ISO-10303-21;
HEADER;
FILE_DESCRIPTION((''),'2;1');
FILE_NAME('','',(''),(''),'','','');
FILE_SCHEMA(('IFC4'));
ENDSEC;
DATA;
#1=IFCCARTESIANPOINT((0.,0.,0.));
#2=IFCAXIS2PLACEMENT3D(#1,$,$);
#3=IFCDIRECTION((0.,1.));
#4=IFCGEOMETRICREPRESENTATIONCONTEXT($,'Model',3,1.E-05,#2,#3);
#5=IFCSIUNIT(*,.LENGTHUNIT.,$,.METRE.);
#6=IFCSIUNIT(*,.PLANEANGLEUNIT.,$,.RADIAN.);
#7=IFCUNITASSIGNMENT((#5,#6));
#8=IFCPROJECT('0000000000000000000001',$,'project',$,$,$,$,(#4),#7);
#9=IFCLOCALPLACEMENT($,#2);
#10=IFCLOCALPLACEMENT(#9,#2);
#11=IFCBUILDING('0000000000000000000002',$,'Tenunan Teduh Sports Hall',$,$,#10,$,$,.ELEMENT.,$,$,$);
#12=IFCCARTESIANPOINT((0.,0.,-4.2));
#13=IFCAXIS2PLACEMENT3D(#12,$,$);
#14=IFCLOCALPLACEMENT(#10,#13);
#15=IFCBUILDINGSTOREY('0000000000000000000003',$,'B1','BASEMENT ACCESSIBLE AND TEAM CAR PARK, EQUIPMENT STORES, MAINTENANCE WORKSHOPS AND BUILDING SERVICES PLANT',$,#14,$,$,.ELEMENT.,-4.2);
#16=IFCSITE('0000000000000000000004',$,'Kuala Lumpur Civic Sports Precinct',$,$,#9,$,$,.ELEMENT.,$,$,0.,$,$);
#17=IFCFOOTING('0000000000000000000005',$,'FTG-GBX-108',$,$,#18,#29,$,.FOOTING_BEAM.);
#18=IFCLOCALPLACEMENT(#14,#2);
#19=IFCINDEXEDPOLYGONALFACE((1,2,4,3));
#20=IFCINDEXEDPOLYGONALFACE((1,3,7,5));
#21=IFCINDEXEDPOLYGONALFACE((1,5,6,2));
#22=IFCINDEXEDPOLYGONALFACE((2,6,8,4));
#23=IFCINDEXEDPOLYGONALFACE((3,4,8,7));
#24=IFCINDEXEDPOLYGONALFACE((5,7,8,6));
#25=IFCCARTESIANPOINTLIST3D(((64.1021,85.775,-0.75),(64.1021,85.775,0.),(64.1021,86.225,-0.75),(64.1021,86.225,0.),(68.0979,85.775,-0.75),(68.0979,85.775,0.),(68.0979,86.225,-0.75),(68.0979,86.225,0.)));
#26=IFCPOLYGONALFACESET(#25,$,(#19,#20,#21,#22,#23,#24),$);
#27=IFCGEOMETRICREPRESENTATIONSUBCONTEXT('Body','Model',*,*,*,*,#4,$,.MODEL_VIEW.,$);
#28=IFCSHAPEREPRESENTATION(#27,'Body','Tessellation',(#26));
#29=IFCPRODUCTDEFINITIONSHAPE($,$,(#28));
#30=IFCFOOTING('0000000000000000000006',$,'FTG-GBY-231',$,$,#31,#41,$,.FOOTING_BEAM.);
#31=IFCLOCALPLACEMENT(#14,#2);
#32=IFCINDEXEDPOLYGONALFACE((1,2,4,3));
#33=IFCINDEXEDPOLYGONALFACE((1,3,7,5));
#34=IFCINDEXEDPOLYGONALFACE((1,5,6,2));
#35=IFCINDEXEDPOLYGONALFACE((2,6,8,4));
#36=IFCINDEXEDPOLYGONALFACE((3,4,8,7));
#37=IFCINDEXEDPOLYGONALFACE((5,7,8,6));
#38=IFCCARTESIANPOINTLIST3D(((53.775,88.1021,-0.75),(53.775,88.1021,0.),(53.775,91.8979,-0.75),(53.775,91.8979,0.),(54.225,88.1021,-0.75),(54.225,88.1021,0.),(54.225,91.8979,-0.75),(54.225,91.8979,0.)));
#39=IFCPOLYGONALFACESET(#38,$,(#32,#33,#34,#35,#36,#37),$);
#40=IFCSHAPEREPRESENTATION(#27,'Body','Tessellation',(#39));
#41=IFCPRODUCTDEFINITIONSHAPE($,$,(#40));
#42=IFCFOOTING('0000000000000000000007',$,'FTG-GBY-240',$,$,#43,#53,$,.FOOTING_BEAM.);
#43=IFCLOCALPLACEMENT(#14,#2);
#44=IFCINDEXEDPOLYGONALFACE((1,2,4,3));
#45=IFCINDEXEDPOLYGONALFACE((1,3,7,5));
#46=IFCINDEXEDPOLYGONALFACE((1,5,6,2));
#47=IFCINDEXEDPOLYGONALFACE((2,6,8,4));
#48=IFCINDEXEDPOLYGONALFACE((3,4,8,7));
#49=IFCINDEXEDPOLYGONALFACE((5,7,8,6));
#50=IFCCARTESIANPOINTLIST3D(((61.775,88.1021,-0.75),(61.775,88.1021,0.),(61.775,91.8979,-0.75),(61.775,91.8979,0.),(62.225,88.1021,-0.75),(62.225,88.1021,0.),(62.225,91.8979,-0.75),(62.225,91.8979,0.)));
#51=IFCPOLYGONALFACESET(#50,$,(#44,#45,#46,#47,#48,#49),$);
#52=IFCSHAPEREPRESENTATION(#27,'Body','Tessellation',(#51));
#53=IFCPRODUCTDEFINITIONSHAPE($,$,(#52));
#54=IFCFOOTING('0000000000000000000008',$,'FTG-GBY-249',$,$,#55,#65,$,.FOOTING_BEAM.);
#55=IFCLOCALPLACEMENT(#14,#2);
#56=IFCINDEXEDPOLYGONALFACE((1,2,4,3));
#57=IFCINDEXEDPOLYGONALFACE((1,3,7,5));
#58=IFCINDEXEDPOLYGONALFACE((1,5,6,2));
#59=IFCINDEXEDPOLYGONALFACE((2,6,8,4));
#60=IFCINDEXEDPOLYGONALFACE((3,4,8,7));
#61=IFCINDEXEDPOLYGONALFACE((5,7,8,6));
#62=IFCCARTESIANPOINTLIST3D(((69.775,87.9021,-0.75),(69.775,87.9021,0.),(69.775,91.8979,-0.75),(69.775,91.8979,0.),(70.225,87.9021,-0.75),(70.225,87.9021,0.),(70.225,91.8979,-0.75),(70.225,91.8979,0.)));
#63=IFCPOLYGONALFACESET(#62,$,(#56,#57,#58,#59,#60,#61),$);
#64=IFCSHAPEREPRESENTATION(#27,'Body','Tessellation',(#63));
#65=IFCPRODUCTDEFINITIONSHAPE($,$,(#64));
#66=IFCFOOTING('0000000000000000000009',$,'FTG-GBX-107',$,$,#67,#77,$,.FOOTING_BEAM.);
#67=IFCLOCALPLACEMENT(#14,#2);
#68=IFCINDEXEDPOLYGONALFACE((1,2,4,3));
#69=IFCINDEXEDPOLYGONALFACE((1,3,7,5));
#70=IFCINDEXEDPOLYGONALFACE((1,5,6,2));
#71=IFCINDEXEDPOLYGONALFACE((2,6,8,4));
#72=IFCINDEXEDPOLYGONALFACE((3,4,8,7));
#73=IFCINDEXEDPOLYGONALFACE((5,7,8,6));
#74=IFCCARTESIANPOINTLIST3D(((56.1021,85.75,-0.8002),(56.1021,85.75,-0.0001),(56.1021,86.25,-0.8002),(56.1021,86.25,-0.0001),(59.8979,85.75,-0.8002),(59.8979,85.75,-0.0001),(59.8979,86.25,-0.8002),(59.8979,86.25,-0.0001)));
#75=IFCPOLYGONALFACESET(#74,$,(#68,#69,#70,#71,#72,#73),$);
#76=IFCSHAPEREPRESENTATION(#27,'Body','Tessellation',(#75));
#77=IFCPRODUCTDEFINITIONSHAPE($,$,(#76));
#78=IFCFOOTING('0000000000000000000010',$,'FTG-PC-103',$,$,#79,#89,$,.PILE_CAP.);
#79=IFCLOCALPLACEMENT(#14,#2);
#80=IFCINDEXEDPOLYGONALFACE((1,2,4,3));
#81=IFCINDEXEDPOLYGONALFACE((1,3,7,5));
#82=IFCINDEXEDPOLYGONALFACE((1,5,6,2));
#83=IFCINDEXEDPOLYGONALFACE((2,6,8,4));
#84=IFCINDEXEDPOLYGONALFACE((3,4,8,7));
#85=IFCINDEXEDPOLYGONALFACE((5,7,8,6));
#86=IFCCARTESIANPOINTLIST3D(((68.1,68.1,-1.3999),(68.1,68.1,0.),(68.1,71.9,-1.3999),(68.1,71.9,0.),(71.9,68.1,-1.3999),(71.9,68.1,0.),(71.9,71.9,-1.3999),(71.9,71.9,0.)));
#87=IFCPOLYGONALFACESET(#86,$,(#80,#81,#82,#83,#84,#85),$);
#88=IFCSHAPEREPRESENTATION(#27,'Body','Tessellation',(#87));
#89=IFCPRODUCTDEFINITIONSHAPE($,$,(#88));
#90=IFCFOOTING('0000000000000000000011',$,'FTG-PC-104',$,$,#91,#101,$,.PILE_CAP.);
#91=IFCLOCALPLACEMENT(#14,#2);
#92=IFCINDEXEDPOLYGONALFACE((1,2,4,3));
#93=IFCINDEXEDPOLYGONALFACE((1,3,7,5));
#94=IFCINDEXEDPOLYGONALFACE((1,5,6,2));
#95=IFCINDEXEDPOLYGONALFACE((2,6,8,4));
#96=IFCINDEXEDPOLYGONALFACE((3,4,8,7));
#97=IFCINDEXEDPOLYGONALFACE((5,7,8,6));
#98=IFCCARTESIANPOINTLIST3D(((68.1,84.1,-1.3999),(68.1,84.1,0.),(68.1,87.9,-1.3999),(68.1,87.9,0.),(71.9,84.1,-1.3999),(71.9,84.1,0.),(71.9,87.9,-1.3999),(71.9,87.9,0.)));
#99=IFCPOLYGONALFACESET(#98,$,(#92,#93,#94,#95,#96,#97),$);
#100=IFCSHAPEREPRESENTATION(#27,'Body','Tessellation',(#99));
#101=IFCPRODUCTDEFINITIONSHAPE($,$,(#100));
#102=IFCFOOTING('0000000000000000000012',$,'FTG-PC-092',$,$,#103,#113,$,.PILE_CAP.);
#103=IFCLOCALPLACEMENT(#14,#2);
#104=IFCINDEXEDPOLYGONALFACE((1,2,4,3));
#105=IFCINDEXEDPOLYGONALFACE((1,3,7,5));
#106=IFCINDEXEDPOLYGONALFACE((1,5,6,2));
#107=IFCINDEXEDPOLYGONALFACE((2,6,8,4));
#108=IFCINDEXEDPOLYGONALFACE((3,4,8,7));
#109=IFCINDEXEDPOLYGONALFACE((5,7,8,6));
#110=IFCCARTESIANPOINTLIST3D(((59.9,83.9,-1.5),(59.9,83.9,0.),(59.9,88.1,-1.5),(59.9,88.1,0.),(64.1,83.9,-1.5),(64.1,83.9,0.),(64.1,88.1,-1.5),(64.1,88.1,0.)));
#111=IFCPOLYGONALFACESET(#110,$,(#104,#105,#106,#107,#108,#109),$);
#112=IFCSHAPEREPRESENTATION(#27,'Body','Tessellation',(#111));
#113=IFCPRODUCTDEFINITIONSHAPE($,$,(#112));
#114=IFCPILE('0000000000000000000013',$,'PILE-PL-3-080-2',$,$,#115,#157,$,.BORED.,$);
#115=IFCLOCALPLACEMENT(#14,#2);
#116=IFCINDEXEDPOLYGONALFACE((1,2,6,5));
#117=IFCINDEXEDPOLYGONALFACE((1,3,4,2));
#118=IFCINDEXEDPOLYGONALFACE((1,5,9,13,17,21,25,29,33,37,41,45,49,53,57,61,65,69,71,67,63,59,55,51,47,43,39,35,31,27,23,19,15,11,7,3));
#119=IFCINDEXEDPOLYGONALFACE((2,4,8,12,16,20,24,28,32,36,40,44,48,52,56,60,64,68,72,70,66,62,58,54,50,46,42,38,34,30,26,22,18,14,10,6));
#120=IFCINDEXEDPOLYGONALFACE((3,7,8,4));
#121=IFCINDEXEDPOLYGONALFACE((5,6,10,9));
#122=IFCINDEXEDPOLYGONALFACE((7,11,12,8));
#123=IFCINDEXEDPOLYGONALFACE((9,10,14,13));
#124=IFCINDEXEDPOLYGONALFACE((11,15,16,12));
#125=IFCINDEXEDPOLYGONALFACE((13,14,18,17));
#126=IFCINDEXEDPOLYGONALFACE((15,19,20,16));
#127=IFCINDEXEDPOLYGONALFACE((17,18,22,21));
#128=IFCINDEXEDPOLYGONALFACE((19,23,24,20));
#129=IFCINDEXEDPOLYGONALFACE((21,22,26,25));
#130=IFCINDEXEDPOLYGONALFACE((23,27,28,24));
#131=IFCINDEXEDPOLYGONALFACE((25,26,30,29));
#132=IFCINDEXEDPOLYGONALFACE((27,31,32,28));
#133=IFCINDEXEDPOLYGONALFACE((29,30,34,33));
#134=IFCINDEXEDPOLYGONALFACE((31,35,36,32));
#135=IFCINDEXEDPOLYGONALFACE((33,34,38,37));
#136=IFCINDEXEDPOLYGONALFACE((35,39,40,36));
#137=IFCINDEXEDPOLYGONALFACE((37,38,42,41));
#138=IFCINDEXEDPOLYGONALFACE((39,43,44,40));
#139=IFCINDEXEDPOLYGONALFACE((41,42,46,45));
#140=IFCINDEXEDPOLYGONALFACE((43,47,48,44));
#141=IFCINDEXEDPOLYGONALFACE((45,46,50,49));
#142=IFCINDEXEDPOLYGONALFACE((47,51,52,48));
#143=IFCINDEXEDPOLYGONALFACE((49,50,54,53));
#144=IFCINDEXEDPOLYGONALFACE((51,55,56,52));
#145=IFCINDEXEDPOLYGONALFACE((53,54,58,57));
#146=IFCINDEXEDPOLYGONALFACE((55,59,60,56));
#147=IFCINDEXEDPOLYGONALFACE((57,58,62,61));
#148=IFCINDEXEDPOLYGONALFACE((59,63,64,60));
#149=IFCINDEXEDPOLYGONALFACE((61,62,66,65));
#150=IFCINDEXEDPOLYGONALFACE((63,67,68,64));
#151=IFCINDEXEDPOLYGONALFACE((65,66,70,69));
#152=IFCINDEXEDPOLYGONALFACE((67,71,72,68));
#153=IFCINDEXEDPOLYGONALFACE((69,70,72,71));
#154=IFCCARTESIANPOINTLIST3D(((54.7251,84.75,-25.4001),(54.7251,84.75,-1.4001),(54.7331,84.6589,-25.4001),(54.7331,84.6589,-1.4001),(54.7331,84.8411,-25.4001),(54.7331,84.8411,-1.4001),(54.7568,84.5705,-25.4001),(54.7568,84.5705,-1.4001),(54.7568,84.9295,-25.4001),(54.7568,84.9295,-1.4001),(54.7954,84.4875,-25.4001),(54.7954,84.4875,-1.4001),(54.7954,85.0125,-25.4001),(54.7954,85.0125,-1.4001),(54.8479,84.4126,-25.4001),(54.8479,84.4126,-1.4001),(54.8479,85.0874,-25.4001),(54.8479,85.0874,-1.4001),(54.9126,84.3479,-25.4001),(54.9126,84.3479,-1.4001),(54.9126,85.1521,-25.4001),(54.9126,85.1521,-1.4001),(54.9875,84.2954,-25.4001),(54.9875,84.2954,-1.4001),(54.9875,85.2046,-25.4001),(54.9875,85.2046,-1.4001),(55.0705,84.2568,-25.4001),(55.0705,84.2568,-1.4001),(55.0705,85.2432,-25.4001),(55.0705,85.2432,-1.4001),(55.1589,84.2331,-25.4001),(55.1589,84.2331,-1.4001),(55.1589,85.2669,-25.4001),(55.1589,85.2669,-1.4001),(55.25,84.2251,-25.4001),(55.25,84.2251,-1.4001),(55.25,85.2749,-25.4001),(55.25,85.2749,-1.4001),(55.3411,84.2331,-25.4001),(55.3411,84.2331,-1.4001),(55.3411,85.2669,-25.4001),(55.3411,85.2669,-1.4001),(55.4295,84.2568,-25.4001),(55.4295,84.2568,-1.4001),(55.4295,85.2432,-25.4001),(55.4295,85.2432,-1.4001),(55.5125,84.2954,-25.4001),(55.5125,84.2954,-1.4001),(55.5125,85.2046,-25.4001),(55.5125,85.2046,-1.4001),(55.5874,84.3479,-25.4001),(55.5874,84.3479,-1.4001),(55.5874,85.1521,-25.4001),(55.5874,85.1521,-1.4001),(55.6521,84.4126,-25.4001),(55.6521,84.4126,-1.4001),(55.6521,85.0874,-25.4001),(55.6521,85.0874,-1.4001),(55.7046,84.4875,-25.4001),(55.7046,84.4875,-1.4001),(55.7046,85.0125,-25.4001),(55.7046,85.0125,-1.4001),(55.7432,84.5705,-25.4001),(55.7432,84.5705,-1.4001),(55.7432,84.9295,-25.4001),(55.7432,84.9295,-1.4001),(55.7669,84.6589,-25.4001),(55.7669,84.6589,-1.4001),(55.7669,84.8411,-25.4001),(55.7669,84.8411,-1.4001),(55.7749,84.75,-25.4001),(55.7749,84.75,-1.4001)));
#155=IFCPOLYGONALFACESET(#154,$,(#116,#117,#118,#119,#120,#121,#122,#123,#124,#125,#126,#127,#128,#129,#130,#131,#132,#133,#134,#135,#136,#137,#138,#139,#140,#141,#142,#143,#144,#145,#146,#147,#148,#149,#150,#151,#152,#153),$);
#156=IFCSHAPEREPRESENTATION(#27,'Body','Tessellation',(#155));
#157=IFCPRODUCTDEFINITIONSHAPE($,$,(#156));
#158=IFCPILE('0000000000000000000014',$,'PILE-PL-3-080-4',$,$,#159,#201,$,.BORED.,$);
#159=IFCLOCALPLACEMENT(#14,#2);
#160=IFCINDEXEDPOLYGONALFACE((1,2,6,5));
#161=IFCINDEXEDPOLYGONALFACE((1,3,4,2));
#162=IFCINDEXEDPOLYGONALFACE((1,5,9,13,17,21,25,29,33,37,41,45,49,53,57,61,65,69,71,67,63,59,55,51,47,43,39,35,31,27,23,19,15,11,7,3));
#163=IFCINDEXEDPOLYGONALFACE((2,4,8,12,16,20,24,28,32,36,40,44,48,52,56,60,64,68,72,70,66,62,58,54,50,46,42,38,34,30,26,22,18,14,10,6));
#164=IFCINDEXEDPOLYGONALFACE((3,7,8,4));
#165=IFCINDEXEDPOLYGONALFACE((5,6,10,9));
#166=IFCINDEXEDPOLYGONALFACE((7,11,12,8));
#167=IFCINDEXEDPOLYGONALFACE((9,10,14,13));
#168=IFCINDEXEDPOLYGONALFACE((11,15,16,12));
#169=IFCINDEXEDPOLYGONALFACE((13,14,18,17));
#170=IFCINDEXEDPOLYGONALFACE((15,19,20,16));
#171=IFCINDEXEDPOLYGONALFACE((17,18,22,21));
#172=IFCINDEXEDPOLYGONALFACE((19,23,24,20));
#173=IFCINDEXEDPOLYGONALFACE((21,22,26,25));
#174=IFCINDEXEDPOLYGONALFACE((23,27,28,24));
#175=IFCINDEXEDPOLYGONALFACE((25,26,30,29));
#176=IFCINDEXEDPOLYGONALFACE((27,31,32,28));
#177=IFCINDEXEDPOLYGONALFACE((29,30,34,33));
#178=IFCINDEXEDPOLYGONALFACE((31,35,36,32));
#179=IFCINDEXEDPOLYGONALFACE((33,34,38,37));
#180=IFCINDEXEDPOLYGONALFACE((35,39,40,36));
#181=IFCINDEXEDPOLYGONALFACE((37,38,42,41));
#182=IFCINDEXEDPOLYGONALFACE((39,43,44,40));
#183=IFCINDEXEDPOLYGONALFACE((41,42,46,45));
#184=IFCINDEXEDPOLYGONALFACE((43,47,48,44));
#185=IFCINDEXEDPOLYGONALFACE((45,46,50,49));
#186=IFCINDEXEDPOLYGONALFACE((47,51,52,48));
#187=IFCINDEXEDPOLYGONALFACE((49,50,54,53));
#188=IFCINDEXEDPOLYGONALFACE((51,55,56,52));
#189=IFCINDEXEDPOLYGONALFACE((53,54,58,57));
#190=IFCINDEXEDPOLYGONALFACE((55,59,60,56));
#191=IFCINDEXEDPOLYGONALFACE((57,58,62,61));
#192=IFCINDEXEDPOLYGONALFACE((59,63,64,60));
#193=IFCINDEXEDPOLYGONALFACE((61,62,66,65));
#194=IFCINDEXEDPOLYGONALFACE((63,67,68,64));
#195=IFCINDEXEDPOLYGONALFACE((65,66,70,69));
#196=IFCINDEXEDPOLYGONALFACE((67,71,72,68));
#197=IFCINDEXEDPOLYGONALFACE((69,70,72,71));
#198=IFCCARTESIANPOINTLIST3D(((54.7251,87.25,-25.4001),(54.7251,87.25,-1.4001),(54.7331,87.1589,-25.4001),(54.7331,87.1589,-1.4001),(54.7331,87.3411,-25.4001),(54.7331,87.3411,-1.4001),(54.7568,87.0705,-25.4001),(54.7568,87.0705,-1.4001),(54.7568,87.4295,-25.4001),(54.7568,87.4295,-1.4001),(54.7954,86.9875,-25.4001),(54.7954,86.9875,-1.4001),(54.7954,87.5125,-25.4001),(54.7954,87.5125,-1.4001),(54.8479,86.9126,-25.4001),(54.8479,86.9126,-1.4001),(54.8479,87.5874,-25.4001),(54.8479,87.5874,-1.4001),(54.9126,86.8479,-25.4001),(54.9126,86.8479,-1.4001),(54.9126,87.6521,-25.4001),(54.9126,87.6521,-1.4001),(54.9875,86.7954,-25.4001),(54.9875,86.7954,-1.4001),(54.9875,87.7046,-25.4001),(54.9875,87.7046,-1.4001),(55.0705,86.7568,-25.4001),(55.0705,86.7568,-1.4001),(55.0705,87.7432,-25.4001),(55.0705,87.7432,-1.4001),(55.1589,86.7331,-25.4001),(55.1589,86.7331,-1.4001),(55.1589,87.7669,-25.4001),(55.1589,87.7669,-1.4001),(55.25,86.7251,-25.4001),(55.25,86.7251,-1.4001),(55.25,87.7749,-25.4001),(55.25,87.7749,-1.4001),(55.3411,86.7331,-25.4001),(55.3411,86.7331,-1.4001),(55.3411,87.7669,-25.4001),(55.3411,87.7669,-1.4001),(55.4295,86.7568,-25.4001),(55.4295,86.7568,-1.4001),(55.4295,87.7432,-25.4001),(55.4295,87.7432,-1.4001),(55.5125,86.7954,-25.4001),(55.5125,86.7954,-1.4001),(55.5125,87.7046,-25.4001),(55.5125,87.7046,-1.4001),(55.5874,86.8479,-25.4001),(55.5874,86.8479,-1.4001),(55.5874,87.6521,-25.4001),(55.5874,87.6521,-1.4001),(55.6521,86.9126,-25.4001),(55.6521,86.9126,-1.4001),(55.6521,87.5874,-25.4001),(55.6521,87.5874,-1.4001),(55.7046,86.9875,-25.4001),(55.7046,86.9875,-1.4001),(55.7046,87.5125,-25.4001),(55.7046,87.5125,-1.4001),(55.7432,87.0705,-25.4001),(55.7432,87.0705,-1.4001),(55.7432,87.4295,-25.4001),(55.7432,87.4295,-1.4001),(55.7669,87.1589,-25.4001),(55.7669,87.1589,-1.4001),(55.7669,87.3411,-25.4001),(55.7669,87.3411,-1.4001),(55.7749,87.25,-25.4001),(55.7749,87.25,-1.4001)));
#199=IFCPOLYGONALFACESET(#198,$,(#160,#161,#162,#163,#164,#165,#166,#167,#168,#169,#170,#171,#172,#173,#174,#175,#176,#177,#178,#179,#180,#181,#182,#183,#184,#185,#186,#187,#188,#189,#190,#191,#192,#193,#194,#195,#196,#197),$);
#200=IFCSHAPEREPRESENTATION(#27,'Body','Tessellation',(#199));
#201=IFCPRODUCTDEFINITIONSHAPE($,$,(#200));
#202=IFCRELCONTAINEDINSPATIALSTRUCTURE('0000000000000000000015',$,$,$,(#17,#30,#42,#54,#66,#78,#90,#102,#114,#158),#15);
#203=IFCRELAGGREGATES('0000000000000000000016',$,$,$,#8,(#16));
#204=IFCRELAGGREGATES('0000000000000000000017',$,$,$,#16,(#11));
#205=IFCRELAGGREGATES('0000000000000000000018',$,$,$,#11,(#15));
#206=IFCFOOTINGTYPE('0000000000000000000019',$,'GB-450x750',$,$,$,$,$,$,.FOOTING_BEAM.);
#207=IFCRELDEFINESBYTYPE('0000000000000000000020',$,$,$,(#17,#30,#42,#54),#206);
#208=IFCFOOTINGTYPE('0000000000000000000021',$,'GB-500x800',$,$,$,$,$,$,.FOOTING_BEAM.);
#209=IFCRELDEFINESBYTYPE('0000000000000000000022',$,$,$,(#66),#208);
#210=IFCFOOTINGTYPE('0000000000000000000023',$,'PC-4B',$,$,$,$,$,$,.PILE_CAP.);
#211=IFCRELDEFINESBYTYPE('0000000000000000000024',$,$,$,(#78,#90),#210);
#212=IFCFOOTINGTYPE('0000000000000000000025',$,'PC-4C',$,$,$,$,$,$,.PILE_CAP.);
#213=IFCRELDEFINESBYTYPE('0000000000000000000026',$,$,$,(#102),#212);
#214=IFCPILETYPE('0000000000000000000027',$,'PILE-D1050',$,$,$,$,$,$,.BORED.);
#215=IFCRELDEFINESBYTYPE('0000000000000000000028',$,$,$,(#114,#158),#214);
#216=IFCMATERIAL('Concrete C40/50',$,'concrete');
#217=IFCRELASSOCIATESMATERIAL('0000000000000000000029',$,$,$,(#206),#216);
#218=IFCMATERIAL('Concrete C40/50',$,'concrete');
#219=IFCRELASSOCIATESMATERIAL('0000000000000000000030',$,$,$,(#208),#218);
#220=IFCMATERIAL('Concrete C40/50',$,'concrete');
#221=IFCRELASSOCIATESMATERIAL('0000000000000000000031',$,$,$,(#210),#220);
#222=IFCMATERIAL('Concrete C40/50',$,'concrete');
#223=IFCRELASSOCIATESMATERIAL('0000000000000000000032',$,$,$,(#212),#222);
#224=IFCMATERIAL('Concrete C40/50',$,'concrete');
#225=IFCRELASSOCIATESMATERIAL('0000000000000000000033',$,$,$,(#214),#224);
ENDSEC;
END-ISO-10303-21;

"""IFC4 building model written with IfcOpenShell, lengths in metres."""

from ifc_helpers import new_model, si_unit, direction, frame, origin, origin_2d, place, context, subcontext, project, spatial, rectangle, circle, extrude, material, material_profile, profile_set, type_object, element, save


model = new_model("IFC4")

# Units and contexts
model_context = context("Model", 3, precision=1e-05, world=origin(), true_north=direction((0.0, 1.0)))
body_context = subcontext(model_context, "Body", "Model", "MODEL_VIEW")
ifc_project = project(units=[si_unit("LENGTHUNIT", "METRE"), si_unit("PLANEANGLEUNIT", "RADIAN")], contexts=[model_context])

# Site, building, storey
site_placement = place(None, origin())
site = spatial("IfcSite", under=ifc_project, at=site_placement, Name="Kuala Lumpur Civic Sports Precinct", CompositionType="ELEMENT", RefElevation=0.0)
building_placement = place(site_placement, origin())
building = spatial("IfcBuilding", under=site, at=building_placement, Name="Tenunan Teduh Sports Hall", CompositionType="ELEMENT")
storey_placement = place(building_placement, frame((0.0, 0.0, -4.2)))
storey = spatial("IfcBuildingStorey", under=building, at=storey_placement, Name="B1", Description="BASEMENT ACCESSIBLE AND TEAM CAR PARK, EQUIPMENT STORES, MAINTENANCE WORKSHOPS AND BUILDING SERVICES PLANT", CompositionType="ELEMENT", Elevation=-4.2)

# Footings
ifc_material_1 = material(Name="Concrete C40/50", Category="concrete")
ifc_material_profile_1 = material_profile(ifc_material_1, rectangle(XDim=0.45, YDim=0.75, at=origin_2d()), Name="RCB 450x750")
ifc_profile_set_1 = profile_set([ifc_material_profile_1], Name="Concrete C40/50")
footing_type_1 = type_object("IfcFootingType", Name="GB-450x750", PredefinedType="FOOTING_BEAM", material=ifc_profile_set_1)
footing_1_placement = place(storey_placement, frame((64.1021, 86.0, -0.375), z_axis=(1.0, 0.0, 0.0), x_axis=(0.0, 1.0, 0.0)))
element("IfcFooting", 1, at=footing_1_placement, inside=storey, type_object=footing_type_1, Name="FTG-GBX-108", PredefinedType="FOOTING_BEAM", context=body_context, shape_type="SweptSolid", body=[
    extrude(rectangle(XDim=0.45, YDim=0.75, at=origin_2d()), origin(), (0.0, 0.0, 1.0), 3.9958),
])
for number, where, z_axis, x_axis, name in (
    (2, (54.0, 88.1021, -0.375), (0.0, 1.0, 0.0), (-1.0, 0.0, 0.0), "FTG-GBY-231"),
    (3, (62.0, 88.1021, -0.375), (0.0, 1.0, 0.0), (-1.0, 0.0, 0.0), "FTG-GBY-240"),
):
    element("IfcFooting", number, at=place(storey_placement, frame(where, z_axis=z_axis, x_axis=x_axis)), inside=storey, type_object=footing_type_1, Name=name, PredefinedType="FOOTING_BEAM", context=body_context, shape_type="SweptSolid", body=[
        extrude(rectangle(XDim=0.45, YDim=0.75, at=origin_2d()), origin(), (0.0, 0.0, 1.0), 3.7959),
    ])
footing_2_placement = place(storey_placement, frame((70.0, 87.9021, -0.375), z_axis=(0.0, 1.0, 0.0), x_axis=(-1.0, 0.0, 0.0)))
element("IfcFooting", 4, at=footing_2_placement, inside=storey, type_object=footing_type_1, Name="FTG-GBY-249", PredefinedType="FOOTING_BEAM", context=body_context, shape_type="SweptSolid", body=[
    extrude(rectangle(XDim=0.45, YDim=0.75, at=origin_2d()), origin(), (0.0, 0.0, 1.0), 3.9958),
])
ifc_material_2 = material(Name="Concrete C40/50", Category="concrete")
ifc_material_profile_2 = material_profile(ifc_material_2, rectangle(XDim=0.5, YDim=0.8, at=origin_2d()), Name="RCB 500x800")
ifc_profile_set_2 = profile_set([ifc_material_profile_2], Name="Concrete C40/50")
footing_type_2 = type_object("IfcFootingType", Name="GB-500x800", PredefinedType="FOOTING_BEAM", material=ifc_profile_set_2)
footing_3_placement = place(storey_placement, frame((56.1021, 86.0, -0.4001), z_axis=(1.0, 0.0, 0.0), x_axis=(0.0, 1.0, 0.0)))
element("IfcFooting", 5, at=footing_3_placement, inside=storey, type_object=footing_type_2, Name="FTG-GBX-107", PredefinedType="FOOTING_BEAM", context=body_context, shape_type="SweptSolid", body=[
    extrude(rectangle(XDim=0.5, YDim=0.8, at=origin_2d()), origin(), (0.0, 0.0, 1.0), 3.7959),
])
ifc_material_3 = material(Name="Concrete C40/50", Category="concrete")
footing_type_3 = type_object("IfcFootingType", Name="PC-4B", PredefinedType="PILE_CAP", material=ifc_material_3)
for number, where, z_axis, x_axis, name in (
    (6, (70.0, 70.0, -1.3999), (0.0, 0.0, 1.0), (1.0, 0.0, 0.0), "FTG-PC-103"),
    (7, (70.0, 86.0, -1.3999), (0.0, 0.0, 1.0), (1.0, 0.0, 0.0), "FTG-PC-104"),
):
    element("IfcFooting", number, at=place(storey_placement, frame(where, z_axis=z_axis, x_axis=x_axis)), inside=storey, type_object=footing_type_3, Name=name, PredefinedType="PILE_CAP", context=body_context, shape_type="SweptSolid", body=[
        extrude(rectangle(XDim=3.8, YDim=3.8, at=origin_2d()), origin(), (0.0, 0.0, 1.0), 1.3999),
    ])
ifc_material_4 = material(Name="Concrete C40/50", Category="concrete")
footing_type_4 = type_object("IfcFootingType", Name="PC-4C", PredefinedType="PILE_CAP", material=ifc_material_4)
footing_4_placement = place(storey_placement, frame((62.0, 86.0, -1.5), z_axis=(0.0, 0.0, 1.0), x_axis=(1.0, 0.0, 0.0)))
element("IfcFooting", 8, at=footing_4_placement, inside=storey, type_object=footing_type_4, Name="FTG-PC-092", PredefinedType="PILE_CAP", context=body_context, shape_type="SweptSolid", body=[
    extrude(rectangle(XDim=4.2, YDim=4.2, at=origin_2d()), origin(), (0.0, 0.0, 1.0), 1.5),
])

# Piles
ifc_material_5 = material(Name="Concrete C40/50", Category="concrete")
ifc_material_profile_3 = material_profile(ifc_material_5, circle(Radius=0.5249, at=origin_2d()), Name="PILE D1050")
ifc_profile_set_3 = profile_set([ifc_material_profile_3], Name="Concrete C40/50")
pile_type_1 = type_object("IfcPileType", Name="PILE-D1050", PredefinedType="BORED", material=ifc_profile_set_3)
for number, where, z_axis, x_axis, name in (
    (9, (55.25, 84.75, -1.4001), (0.0, 0.0, -1.0), (1.0, 0.0, 0.0), "PILE-PL-3-080-2"),
    (10, (55.25, 87.25, -1.4001), (0.0, 0.0, -1.0), (1.0, 0.0, 0.0), "PILE-PL-3-080-4"),
):
    element("IfcPile", number, at=place(storey_placement, frame(where, z_axis=z_axis, x_axis=x_axis)), inside=storey, type_object=pile_type_1, Name=name, PredefinedType="BORED", context=body_context, shape_type="SweptSolid", body=[
        extrude(circle(Radius=0.5249, at=origin_2d()), origin(), (0.0, 0.0, 1.0), 24.0),
    ])

save(model, "model.ifc")
